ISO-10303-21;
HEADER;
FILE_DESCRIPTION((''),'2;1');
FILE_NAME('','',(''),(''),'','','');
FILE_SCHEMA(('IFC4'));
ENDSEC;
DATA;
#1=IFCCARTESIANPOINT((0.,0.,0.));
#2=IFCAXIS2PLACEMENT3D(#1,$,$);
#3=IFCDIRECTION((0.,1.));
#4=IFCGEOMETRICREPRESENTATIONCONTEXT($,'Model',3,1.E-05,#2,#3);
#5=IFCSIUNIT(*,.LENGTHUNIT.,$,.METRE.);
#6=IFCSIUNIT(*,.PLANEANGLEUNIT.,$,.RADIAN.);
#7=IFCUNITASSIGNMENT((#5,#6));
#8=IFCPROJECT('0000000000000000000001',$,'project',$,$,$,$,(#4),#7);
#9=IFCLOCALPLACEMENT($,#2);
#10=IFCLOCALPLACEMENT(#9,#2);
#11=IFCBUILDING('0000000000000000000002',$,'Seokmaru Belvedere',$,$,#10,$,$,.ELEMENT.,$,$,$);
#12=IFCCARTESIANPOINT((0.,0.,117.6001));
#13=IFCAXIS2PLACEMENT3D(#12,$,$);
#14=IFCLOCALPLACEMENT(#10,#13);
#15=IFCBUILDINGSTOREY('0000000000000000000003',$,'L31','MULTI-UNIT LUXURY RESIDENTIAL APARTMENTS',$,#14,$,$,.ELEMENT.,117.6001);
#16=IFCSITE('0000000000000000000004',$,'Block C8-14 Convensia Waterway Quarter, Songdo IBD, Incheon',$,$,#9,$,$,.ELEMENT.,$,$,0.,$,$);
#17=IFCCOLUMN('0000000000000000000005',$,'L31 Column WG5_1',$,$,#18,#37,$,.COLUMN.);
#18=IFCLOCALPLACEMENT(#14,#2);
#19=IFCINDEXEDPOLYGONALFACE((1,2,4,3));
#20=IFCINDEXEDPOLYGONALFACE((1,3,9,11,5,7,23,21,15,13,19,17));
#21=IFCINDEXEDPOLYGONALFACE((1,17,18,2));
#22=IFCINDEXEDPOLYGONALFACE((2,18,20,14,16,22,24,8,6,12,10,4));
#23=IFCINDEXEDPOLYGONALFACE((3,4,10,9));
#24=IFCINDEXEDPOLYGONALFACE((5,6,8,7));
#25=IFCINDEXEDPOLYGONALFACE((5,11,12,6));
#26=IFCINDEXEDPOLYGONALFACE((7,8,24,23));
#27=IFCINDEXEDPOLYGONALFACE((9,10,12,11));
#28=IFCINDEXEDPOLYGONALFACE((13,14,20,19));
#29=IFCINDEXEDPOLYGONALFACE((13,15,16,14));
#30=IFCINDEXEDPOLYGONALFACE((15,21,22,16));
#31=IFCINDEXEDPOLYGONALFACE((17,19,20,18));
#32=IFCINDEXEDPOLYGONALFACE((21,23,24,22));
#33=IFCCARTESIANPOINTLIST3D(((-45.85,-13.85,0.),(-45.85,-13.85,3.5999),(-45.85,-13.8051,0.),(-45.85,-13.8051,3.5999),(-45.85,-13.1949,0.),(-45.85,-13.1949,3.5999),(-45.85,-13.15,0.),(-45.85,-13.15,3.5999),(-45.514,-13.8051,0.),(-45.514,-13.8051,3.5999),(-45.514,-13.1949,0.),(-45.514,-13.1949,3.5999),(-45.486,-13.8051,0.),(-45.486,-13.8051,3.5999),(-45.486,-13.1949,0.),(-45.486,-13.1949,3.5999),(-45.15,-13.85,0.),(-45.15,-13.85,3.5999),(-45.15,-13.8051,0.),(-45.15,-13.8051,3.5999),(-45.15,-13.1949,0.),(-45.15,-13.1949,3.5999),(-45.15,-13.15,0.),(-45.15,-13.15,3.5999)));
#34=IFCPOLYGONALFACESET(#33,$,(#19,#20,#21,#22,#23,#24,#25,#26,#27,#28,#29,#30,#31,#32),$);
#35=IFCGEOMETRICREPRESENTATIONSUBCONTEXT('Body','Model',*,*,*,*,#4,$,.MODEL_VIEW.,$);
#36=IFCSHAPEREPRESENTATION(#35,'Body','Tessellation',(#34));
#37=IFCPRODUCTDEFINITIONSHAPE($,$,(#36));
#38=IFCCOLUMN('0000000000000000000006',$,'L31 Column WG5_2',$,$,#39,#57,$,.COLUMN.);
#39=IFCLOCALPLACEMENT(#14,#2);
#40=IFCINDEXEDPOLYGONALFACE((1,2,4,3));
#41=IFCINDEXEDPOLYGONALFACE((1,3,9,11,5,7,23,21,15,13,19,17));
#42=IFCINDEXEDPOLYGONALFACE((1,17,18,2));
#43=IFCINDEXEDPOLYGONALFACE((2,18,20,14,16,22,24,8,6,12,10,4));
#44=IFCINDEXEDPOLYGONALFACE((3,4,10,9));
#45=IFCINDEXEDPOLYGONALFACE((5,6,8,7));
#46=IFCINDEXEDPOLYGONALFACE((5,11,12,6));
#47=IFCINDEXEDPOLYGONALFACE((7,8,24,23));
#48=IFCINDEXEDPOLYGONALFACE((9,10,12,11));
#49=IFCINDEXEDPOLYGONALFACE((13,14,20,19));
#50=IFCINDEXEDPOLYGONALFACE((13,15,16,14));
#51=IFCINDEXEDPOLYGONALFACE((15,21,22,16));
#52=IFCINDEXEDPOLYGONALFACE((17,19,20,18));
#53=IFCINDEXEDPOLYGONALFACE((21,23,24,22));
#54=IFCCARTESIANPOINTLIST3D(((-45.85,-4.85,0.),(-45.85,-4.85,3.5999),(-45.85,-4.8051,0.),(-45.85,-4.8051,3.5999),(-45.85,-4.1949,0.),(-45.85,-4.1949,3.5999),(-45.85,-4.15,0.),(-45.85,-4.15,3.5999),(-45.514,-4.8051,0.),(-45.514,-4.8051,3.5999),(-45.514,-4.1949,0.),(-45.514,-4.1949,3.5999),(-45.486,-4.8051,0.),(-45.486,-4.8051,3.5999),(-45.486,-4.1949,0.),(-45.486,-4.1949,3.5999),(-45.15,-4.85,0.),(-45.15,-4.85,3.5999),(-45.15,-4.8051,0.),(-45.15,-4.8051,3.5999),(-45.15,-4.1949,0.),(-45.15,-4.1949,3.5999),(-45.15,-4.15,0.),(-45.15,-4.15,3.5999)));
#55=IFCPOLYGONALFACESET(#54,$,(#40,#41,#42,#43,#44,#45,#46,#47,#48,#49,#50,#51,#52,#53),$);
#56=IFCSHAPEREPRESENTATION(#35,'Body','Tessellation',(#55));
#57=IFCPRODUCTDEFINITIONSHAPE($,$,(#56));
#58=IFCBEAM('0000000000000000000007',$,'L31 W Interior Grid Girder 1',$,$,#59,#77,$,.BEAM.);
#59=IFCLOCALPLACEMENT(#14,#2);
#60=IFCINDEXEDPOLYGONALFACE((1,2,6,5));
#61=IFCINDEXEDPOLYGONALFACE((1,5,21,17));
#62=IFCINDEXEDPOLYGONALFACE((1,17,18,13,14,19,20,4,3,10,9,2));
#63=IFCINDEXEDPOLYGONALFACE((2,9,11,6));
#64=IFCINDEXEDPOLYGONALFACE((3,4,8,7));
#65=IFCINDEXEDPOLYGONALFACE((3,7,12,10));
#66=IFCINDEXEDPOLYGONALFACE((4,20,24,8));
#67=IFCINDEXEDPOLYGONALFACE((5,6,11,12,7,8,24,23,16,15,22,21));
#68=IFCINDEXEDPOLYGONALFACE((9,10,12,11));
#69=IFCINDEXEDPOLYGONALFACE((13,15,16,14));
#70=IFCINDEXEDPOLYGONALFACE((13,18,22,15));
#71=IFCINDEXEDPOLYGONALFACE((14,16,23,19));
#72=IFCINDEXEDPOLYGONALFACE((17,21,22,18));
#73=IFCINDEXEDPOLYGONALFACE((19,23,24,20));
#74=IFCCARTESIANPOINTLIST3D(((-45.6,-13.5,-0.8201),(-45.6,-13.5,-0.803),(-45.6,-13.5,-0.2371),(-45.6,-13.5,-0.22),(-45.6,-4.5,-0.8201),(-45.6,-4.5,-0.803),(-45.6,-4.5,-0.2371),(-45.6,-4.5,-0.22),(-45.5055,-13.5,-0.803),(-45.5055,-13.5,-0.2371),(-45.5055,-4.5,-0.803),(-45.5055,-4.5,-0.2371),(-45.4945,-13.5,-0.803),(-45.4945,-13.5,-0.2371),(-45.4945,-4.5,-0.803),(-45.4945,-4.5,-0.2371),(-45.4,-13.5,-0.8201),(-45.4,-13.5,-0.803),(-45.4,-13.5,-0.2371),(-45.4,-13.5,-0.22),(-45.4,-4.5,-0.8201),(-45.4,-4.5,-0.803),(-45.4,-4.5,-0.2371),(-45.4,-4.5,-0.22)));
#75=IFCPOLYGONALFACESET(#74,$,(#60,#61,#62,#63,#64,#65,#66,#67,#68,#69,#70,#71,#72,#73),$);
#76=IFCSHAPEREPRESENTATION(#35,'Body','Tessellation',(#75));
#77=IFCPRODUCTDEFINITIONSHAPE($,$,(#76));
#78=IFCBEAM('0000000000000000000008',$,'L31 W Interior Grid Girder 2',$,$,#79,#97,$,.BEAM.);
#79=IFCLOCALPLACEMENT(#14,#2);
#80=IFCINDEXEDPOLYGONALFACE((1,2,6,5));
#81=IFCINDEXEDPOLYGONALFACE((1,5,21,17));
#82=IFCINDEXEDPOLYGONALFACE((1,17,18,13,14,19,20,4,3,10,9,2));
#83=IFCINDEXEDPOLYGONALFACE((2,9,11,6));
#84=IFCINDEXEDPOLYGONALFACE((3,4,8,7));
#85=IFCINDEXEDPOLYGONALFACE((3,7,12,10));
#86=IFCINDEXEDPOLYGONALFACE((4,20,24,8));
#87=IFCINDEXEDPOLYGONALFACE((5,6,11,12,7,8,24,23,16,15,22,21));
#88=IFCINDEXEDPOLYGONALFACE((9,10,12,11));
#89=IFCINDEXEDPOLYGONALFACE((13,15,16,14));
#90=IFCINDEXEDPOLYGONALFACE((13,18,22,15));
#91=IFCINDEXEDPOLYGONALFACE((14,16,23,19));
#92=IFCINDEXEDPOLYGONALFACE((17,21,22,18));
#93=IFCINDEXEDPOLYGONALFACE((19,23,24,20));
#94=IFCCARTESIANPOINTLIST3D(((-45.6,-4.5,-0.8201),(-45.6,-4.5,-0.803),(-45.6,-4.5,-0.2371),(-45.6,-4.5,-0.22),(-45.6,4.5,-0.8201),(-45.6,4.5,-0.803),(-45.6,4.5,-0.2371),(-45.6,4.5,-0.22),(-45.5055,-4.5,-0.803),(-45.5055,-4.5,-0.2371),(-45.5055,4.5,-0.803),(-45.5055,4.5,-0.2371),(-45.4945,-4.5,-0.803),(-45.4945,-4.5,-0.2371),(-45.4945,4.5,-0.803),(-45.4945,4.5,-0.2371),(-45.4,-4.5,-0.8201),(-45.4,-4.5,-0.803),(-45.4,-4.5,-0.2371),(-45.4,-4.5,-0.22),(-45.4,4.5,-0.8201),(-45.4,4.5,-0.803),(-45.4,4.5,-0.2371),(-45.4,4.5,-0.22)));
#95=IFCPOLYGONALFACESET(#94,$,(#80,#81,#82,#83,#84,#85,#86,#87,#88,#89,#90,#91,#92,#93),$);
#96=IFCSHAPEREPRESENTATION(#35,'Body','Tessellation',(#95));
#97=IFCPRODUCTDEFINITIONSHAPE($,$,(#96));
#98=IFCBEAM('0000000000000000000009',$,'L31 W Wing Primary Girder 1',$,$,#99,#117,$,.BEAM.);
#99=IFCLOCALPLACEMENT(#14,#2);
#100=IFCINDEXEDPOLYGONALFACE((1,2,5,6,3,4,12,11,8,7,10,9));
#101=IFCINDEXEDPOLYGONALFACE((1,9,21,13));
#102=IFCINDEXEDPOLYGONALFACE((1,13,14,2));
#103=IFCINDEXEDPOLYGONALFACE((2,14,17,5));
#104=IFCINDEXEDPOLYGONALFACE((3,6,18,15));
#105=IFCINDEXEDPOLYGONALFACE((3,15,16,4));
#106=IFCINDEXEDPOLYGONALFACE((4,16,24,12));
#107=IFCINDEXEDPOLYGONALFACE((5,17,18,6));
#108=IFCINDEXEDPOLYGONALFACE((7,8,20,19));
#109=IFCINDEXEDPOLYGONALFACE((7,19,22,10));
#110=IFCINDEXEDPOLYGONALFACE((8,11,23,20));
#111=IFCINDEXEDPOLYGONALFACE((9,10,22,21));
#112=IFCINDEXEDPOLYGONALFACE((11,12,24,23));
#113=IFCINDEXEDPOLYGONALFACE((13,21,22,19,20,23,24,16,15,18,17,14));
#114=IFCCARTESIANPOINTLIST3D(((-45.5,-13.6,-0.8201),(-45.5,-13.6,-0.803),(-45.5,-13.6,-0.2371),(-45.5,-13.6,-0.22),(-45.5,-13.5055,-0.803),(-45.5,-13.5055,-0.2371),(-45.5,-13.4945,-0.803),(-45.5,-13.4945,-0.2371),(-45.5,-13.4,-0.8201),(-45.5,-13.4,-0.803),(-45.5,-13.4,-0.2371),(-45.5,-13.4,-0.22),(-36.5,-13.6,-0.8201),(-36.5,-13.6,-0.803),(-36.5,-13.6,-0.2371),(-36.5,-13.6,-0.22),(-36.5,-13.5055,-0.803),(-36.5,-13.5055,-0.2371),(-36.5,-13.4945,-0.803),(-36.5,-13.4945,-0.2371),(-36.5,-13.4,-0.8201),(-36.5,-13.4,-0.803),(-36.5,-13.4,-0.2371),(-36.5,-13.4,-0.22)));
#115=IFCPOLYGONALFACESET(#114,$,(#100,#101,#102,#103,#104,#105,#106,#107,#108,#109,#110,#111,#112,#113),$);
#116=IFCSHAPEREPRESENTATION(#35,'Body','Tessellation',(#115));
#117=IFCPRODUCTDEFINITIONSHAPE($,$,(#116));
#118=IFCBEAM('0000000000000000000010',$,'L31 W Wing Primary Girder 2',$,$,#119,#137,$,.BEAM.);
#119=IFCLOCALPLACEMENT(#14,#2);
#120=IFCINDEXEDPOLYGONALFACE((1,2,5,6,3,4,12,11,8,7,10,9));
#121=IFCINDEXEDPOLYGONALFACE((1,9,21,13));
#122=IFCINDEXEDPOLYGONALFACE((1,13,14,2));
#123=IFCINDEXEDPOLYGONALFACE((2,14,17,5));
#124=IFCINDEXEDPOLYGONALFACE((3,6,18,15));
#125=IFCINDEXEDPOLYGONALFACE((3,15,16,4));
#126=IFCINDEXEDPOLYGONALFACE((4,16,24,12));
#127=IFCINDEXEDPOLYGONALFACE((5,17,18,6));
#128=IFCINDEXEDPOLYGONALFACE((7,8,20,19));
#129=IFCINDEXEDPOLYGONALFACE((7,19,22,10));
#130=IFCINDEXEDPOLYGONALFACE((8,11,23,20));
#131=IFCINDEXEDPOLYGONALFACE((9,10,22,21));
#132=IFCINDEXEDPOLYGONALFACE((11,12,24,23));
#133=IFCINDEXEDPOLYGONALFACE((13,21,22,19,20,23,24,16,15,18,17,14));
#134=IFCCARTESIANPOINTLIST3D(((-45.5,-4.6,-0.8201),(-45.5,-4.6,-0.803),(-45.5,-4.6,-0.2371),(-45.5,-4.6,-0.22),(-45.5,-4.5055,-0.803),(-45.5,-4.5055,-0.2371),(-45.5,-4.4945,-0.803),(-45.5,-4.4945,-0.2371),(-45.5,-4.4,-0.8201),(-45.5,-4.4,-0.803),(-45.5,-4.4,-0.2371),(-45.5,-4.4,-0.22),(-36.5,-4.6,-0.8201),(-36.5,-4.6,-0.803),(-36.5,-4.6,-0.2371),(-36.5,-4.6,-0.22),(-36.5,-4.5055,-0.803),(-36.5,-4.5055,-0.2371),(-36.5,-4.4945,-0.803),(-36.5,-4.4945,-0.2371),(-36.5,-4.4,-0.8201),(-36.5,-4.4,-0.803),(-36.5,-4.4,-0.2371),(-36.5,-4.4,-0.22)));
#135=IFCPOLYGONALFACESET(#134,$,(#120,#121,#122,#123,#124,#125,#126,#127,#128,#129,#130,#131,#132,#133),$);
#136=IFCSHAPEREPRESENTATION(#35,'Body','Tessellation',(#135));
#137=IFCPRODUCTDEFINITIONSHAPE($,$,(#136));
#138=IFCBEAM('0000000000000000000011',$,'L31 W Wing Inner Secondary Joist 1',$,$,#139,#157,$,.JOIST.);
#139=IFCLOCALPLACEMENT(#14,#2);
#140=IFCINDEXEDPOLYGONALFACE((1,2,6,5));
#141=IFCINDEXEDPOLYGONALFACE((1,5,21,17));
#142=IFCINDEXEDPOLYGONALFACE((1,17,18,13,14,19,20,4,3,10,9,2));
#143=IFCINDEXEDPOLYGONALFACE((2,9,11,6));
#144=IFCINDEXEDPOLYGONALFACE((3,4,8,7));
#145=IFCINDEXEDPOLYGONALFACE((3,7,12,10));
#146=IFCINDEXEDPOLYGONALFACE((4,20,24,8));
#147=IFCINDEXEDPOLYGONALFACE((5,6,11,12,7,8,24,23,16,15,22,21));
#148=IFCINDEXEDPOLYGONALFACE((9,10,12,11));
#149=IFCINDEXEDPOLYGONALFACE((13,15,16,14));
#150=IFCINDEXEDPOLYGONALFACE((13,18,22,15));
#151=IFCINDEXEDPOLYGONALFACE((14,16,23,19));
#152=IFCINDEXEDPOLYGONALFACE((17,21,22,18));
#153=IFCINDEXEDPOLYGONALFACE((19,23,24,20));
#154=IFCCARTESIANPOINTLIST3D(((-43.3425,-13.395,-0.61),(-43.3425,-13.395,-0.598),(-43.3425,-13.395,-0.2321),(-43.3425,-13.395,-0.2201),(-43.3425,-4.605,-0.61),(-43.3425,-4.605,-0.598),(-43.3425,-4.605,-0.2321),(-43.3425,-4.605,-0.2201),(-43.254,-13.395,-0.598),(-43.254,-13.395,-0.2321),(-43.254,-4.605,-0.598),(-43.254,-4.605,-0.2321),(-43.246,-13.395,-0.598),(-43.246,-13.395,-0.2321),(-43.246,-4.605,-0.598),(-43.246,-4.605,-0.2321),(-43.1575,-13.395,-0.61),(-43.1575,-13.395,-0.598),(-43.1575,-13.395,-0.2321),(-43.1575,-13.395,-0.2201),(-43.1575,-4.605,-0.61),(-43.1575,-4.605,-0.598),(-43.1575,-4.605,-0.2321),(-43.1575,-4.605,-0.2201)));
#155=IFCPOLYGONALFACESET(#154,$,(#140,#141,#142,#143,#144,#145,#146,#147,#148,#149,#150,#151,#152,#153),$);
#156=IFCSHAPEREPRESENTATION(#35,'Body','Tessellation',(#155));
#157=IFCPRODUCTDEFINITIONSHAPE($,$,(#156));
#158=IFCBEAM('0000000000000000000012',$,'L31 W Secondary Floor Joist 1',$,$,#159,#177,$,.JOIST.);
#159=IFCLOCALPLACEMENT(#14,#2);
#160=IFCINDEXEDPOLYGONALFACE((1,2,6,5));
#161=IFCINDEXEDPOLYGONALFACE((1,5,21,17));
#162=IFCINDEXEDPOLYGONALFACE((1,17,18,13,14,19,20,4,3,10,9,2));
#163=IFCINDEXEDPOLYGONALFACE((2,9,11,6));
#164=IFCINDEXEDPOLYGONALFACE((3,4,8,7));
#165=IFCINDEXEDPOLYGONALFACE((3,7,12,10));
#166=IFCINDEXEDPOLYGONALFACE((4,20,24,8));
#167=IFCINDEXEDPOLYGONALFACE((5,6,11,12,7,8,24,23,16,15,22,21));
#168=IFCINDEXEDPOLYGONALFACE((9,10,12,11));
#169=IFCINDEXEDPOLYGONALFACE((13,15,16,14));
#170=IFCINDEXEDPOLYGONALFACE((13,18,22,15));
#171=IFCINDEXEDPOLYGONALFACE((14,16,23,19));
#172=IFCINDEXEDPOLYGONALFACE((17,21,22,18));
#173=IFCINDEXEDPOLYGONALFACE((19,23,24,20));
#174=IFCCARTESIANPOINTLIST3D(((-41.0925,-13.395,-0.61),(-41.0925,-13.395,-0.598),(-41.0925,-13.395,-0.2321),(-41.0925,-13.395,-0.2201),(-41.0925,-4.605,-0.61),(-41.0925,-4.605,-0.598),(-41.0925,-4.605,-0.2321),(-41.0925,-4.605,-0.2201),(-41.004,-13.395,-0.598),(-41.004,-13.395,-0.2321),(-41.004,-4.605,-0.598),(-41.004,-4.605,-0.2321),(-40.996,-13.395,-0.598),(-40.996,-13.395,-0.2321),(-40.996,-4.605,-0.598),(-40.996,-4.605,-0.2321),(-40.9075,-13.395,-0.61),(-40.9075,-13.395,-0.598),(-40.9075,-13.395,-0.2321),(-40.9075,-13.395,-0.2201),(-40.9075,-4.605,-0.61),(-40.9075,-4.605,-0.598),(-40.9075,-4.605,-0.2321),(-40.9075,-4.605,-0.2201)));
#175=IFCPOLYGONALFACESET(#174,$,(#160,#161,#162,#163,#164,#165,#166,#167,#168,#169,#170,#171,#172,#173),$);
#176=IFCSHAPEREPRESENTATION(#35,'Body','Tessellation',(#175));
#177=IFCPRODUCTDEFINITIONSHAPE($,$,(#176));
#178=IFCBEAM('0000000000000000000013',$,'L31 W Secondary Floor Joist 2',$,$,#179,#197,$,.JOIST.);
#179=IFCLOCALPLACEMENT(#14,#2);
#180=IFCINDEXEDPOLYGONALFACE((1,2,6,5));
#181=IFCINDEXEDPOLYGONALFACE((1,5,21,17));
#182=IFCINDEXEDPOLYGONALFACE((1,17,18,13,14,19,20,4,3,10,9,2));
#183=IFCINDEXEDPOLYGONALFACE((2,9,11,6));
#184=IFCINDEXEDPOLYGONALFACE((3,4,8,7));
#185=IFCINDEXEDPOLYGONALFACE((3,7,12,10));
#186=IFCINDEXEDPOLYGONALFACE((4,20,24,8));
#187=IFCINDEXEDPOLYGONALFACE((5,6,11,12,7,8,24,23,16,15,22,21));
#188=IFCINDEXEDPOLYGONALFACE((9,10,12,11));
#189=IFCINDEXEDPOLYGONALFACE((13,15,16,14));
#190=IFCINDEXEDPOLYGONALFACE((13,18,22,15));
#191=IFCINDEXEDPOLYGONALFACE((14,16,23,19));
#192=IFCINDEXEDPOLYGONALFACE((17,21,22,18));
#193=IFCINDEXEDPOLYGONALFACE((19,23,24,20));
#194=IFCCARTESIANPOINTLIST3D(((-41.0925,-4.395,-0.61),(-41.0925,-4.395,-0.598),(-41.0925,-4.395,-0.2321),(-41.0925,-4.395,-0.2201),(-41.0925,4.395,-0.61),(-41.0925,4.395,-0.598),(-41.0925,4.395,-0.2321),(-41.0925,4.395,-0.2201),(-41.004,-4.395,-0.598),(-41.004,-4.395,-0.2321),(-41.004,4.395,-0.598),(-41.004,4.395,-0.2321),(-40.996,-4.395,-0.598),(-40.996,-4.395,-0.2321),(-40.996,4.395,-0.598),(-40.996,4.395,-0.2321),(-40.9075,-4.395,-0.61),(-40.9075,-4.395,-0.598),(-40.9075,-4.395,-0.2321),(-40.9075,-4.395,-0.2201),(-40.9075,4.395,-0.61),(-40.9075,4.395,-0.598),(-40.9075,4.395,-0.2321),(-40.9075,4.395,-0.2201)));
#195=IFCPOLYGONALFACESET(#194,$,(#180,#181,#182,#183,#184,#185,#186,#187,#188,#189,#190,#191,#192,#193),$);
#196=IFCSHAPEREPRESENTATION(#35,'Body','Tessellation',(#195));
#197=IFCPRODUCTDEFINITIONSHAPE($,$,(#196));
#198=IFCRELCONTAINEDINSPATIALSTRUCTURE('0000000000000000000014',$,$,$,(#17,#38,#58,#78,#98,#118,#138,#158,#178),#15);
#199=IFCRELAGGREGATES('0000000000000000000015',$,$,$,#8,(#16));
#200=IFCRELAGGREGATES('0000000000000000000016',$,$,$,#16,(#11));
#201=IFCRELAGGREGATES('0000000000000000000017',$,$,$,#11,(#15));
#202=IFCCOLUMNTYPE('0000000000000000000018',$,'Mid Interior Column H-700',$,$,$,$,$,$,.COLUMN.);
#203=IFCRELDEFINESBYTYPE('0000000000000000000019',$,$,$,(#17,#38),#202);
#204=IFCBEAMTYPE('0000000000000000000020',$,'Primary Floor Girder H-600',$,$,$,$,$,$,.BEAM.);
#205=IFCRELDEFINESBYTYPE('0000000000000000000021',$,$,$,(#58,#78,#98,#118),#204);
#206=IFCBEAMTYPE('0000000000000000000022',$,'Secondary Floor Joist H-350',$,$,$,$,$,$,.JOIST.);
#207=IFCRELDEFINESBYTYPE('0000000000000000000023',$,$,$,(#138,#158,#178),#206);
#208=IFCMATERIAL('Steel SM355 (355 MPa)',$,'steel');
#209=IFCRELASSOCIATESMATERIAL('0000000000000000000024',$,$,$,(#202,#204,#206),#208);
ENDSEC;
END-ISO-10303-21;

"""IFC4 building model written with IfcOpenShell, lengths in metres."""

from ifc_helpers import new_model, si_unit, direction, frame, origin, origin_2d, place, context, subcontext, project, spatial, i_section, extrude, source, transform, mapped, material, material_profile, profile_set, type_object, type_shapes, element, save


model = new_model("IFC4")

# Units and contexts
model_context = context("Model", 3, precision=1e-05, world=origin(), true_north=direction((0.0, 1.0)))
body_context = subcontext(model_context, "Body", "Model", "MODEL_VIEW")
ifc_project = project(units=[si_unit("LENGTHUNIT", "METRE"), si_unit("PLANEANGLEUNIT", "RADIAN")], contexts=[model_context])

# Site, building, storey
site_placement = place(None, origin())
site = spatial("IfcSite", under=ifc_project, at=site_placement, Name="Block C8-14 Convensia Waterway Quarter, Songdo IBD, Incheon", CompositionType="ELEMENT", RefElevation=0.0)
building_placement = place(site_placement, origin())
building = spatial("IfcBuilding", under=site, at=building_placement, Name="Seokmaru Belvedere", CompositionType="ELEMENT")
storey_placement = place(building_placement, frame((0.0, 0.0, 117.6001)))
storey = spatial("IfcBuildingStorey", under=building, at=storey_placement, Name="L31", Description="MULTI-UNIT LUXURY RESIDENTIAL APARTMENTS", CompositionType="ELEMENT", Elevation=117.6001)

# Columns
ifc_material_1 = material(Name="Steel SM355 (355 MPa)", Category="steel")
ifc_material_profile_1 = material_profile(ifc_material_1, i_section(OverallWidth=0.7, OverallDepth=0.7, WebThickness=0.0281, FlangeThickness=0.0449, at=origin_2d()), Name="H-700x700x28x45")
ifc_profile_set_1 = profile_set([ifc_material_profile_1], Name="Steel SM355 (355 MPa)")
column_type = type_object("IfcColumnType", Name="Mid Interior Column H-700", PredefinedType="COLUMN", material=ifc_profile_set_1)
shared_shape_1 = source(origin(), body_context, "Body", "SweptSolid", [
    extrude(i_section(OverallWidth=0.7, OverallDepth=0.7, WebThickness=0.0281, FlangeThickness=0.0449, at=origin_2d()), origin(), (0.0, 0.0, 1.0), 3.5999),
])
type_shapes(column_type, [shared_shape_1])
for number, where, z_axis, x_axis, name in (
    (1, (-45.5, -13.5, 0.0), (0.0, 0.0, 1.0), (1.0, 0.0, 0.0), "L31 Column WG5_1"),
    (2, (-45.5, -4.5, 0.0), (0.0, 0.0, 1.0), (1.0, 0.0, 0.0), "L31 Column WG5_2"),
):
    element("IfcColumn", number, at=place(storey_placement, frame(where, z_axis=z_axis, x_axis=x_axis)), inside=storey, type_object=column_type, Name=name, PredefinedType="COLUMN", context=body_context, shape_type="MappedRepresentation", body=[
        mapped(shared_shape_1, transform((0.0, 0.0, 0.0), scale=1.0)),
    ])

# Beams
ifc_material_profile_2 = material_profile(ifc_material_1, i_section(OverallWidth=0.2, OverallDepth=0.6001, WebThickness=0.011, FlangeThickness=0.0171, at=origin_2d()), Name="H-600x200x11x17")
ifc_profile_set_2 = profile_set([ifc_material_profile_2], Name="Steel SM355 (355 MPa)")
beam_type_1 = type_object("IfcBeamType", Name="Primary Floor Girder H-600", PredefinedType="BEAM", material=ifc_profile_set_2)
shared_shape_2 = source(origin(), body_context, "Body", "SweptSolid", [
    extrude(i_section(OverallWidth=0.2, OverallDepth=0.6001, WebThickness=0.011, FlangeThickness=0.0171, at=origin_2d()), origin(), (0.0, 0.0, 1.0), 9.0),
])
type_shapes(beam_type_1, [shared_shape_2])
for number, where, z_axis, x_axis, name in (
    (3, (-45.5, -13.5, -0.52), (0.0, 1.0, 0.0), (-1.0, 0.0, 0.0), "L31 W Interior Grid Girder 1"),
    (4, (-45.5, -4.5, -0.52), (0.0, 1.0, 0.0), (-1.0, 0.0, 0.0), "L31 W Interior Grid Girder 2"),
    (5, (-45.5, -13.5, -0.52), (1.0, 0.0, 0.0), (0.0, 1.0, 0.0), "L31 W Wing Primary Girder 1"),
    (6, (-45.5, -4.5, -0.52), (1.0, 0.0, 0.0), (0.0, 1.0, 0.0), "L31 W Wing Primary Girder 2"),
):
    element("IfcBeam", number, at=place(storey_placement, frame(where, z_axis=z_axis, x_axis=x_axis)), inside=storey, type_object=beam_type_1, Name=name, PredefinedType="BEAM", context=body_context, shape_type="MappedRepresentation", body=[
        mapped(shared_shape_2, transform((0.0, 0.0, 0.0), scale=1.0)),
    ])
ifc_material_profile_3 = material_profile(ifc_material_1, i_section(OverallWidth=0.1851, OverallDepth=0.3899, WebThickness=0.0081, FlangeThickness=0.012, at=origin_2d()), Name="H-390x185x8x12")
ifc_profile_set_3 = profile_set([ifc_material_profile_3], Name="Steel SM355 (355 MPa)")
beam_type_2 = type_object("IfcBeamType", Name="Secondary Floor Joist H-350", PredefinedType="JOIST", material=ifc_profile_set_3)
shared_shape_3 = source(origin(), body_context, "Body", "SweptSolid", [
    extrude(i_section(OverallWidth=0.1851, OverallDepth=0.3899, WebThickness=0.0081, FlangeThickness=0.012, at=origin_2d()), origin(), (0.0, 0.0, 1.0), 8.79),
])
type_shapes(beam_type_2, [shared_shape_3])
for number, where, z_axis, x_axis, name in (
    (7, (-43.25, -13.395, -0.415), (0.0, 1.0, 0.0), (-1.0, 0.0, 0.0), "L31 W Wing Inner Secondary Joist 1"),
    (8, (-41.0, -13.395, -0.415), (0.0, 1.0, 0.0), (-1.0, 0.0, 0.0), "L31 W Secondary Floor Joist 1"),
    (9, (-41.0, -4.395, -0.415), (0.0, 1.0, 0.0), (-1.0, 0.0, 0.0), "L31 W Secondary Floor Joist 2"),
):
    element("IfcBeam", number, at=place(storey_placement, frame(where, z_axis=z_axis, x_axis=x_axis)), inside=storey, type_object=beam_type_2, Name=name, PredefinedType="JOIST", context=body_context, shape_type="MappedRepresentation", body=[
        mapped(shared_shape_3, transform((0.0, 0.0, 0.0), scale=1.0)),
    ])

save(model, "model.ifc")
